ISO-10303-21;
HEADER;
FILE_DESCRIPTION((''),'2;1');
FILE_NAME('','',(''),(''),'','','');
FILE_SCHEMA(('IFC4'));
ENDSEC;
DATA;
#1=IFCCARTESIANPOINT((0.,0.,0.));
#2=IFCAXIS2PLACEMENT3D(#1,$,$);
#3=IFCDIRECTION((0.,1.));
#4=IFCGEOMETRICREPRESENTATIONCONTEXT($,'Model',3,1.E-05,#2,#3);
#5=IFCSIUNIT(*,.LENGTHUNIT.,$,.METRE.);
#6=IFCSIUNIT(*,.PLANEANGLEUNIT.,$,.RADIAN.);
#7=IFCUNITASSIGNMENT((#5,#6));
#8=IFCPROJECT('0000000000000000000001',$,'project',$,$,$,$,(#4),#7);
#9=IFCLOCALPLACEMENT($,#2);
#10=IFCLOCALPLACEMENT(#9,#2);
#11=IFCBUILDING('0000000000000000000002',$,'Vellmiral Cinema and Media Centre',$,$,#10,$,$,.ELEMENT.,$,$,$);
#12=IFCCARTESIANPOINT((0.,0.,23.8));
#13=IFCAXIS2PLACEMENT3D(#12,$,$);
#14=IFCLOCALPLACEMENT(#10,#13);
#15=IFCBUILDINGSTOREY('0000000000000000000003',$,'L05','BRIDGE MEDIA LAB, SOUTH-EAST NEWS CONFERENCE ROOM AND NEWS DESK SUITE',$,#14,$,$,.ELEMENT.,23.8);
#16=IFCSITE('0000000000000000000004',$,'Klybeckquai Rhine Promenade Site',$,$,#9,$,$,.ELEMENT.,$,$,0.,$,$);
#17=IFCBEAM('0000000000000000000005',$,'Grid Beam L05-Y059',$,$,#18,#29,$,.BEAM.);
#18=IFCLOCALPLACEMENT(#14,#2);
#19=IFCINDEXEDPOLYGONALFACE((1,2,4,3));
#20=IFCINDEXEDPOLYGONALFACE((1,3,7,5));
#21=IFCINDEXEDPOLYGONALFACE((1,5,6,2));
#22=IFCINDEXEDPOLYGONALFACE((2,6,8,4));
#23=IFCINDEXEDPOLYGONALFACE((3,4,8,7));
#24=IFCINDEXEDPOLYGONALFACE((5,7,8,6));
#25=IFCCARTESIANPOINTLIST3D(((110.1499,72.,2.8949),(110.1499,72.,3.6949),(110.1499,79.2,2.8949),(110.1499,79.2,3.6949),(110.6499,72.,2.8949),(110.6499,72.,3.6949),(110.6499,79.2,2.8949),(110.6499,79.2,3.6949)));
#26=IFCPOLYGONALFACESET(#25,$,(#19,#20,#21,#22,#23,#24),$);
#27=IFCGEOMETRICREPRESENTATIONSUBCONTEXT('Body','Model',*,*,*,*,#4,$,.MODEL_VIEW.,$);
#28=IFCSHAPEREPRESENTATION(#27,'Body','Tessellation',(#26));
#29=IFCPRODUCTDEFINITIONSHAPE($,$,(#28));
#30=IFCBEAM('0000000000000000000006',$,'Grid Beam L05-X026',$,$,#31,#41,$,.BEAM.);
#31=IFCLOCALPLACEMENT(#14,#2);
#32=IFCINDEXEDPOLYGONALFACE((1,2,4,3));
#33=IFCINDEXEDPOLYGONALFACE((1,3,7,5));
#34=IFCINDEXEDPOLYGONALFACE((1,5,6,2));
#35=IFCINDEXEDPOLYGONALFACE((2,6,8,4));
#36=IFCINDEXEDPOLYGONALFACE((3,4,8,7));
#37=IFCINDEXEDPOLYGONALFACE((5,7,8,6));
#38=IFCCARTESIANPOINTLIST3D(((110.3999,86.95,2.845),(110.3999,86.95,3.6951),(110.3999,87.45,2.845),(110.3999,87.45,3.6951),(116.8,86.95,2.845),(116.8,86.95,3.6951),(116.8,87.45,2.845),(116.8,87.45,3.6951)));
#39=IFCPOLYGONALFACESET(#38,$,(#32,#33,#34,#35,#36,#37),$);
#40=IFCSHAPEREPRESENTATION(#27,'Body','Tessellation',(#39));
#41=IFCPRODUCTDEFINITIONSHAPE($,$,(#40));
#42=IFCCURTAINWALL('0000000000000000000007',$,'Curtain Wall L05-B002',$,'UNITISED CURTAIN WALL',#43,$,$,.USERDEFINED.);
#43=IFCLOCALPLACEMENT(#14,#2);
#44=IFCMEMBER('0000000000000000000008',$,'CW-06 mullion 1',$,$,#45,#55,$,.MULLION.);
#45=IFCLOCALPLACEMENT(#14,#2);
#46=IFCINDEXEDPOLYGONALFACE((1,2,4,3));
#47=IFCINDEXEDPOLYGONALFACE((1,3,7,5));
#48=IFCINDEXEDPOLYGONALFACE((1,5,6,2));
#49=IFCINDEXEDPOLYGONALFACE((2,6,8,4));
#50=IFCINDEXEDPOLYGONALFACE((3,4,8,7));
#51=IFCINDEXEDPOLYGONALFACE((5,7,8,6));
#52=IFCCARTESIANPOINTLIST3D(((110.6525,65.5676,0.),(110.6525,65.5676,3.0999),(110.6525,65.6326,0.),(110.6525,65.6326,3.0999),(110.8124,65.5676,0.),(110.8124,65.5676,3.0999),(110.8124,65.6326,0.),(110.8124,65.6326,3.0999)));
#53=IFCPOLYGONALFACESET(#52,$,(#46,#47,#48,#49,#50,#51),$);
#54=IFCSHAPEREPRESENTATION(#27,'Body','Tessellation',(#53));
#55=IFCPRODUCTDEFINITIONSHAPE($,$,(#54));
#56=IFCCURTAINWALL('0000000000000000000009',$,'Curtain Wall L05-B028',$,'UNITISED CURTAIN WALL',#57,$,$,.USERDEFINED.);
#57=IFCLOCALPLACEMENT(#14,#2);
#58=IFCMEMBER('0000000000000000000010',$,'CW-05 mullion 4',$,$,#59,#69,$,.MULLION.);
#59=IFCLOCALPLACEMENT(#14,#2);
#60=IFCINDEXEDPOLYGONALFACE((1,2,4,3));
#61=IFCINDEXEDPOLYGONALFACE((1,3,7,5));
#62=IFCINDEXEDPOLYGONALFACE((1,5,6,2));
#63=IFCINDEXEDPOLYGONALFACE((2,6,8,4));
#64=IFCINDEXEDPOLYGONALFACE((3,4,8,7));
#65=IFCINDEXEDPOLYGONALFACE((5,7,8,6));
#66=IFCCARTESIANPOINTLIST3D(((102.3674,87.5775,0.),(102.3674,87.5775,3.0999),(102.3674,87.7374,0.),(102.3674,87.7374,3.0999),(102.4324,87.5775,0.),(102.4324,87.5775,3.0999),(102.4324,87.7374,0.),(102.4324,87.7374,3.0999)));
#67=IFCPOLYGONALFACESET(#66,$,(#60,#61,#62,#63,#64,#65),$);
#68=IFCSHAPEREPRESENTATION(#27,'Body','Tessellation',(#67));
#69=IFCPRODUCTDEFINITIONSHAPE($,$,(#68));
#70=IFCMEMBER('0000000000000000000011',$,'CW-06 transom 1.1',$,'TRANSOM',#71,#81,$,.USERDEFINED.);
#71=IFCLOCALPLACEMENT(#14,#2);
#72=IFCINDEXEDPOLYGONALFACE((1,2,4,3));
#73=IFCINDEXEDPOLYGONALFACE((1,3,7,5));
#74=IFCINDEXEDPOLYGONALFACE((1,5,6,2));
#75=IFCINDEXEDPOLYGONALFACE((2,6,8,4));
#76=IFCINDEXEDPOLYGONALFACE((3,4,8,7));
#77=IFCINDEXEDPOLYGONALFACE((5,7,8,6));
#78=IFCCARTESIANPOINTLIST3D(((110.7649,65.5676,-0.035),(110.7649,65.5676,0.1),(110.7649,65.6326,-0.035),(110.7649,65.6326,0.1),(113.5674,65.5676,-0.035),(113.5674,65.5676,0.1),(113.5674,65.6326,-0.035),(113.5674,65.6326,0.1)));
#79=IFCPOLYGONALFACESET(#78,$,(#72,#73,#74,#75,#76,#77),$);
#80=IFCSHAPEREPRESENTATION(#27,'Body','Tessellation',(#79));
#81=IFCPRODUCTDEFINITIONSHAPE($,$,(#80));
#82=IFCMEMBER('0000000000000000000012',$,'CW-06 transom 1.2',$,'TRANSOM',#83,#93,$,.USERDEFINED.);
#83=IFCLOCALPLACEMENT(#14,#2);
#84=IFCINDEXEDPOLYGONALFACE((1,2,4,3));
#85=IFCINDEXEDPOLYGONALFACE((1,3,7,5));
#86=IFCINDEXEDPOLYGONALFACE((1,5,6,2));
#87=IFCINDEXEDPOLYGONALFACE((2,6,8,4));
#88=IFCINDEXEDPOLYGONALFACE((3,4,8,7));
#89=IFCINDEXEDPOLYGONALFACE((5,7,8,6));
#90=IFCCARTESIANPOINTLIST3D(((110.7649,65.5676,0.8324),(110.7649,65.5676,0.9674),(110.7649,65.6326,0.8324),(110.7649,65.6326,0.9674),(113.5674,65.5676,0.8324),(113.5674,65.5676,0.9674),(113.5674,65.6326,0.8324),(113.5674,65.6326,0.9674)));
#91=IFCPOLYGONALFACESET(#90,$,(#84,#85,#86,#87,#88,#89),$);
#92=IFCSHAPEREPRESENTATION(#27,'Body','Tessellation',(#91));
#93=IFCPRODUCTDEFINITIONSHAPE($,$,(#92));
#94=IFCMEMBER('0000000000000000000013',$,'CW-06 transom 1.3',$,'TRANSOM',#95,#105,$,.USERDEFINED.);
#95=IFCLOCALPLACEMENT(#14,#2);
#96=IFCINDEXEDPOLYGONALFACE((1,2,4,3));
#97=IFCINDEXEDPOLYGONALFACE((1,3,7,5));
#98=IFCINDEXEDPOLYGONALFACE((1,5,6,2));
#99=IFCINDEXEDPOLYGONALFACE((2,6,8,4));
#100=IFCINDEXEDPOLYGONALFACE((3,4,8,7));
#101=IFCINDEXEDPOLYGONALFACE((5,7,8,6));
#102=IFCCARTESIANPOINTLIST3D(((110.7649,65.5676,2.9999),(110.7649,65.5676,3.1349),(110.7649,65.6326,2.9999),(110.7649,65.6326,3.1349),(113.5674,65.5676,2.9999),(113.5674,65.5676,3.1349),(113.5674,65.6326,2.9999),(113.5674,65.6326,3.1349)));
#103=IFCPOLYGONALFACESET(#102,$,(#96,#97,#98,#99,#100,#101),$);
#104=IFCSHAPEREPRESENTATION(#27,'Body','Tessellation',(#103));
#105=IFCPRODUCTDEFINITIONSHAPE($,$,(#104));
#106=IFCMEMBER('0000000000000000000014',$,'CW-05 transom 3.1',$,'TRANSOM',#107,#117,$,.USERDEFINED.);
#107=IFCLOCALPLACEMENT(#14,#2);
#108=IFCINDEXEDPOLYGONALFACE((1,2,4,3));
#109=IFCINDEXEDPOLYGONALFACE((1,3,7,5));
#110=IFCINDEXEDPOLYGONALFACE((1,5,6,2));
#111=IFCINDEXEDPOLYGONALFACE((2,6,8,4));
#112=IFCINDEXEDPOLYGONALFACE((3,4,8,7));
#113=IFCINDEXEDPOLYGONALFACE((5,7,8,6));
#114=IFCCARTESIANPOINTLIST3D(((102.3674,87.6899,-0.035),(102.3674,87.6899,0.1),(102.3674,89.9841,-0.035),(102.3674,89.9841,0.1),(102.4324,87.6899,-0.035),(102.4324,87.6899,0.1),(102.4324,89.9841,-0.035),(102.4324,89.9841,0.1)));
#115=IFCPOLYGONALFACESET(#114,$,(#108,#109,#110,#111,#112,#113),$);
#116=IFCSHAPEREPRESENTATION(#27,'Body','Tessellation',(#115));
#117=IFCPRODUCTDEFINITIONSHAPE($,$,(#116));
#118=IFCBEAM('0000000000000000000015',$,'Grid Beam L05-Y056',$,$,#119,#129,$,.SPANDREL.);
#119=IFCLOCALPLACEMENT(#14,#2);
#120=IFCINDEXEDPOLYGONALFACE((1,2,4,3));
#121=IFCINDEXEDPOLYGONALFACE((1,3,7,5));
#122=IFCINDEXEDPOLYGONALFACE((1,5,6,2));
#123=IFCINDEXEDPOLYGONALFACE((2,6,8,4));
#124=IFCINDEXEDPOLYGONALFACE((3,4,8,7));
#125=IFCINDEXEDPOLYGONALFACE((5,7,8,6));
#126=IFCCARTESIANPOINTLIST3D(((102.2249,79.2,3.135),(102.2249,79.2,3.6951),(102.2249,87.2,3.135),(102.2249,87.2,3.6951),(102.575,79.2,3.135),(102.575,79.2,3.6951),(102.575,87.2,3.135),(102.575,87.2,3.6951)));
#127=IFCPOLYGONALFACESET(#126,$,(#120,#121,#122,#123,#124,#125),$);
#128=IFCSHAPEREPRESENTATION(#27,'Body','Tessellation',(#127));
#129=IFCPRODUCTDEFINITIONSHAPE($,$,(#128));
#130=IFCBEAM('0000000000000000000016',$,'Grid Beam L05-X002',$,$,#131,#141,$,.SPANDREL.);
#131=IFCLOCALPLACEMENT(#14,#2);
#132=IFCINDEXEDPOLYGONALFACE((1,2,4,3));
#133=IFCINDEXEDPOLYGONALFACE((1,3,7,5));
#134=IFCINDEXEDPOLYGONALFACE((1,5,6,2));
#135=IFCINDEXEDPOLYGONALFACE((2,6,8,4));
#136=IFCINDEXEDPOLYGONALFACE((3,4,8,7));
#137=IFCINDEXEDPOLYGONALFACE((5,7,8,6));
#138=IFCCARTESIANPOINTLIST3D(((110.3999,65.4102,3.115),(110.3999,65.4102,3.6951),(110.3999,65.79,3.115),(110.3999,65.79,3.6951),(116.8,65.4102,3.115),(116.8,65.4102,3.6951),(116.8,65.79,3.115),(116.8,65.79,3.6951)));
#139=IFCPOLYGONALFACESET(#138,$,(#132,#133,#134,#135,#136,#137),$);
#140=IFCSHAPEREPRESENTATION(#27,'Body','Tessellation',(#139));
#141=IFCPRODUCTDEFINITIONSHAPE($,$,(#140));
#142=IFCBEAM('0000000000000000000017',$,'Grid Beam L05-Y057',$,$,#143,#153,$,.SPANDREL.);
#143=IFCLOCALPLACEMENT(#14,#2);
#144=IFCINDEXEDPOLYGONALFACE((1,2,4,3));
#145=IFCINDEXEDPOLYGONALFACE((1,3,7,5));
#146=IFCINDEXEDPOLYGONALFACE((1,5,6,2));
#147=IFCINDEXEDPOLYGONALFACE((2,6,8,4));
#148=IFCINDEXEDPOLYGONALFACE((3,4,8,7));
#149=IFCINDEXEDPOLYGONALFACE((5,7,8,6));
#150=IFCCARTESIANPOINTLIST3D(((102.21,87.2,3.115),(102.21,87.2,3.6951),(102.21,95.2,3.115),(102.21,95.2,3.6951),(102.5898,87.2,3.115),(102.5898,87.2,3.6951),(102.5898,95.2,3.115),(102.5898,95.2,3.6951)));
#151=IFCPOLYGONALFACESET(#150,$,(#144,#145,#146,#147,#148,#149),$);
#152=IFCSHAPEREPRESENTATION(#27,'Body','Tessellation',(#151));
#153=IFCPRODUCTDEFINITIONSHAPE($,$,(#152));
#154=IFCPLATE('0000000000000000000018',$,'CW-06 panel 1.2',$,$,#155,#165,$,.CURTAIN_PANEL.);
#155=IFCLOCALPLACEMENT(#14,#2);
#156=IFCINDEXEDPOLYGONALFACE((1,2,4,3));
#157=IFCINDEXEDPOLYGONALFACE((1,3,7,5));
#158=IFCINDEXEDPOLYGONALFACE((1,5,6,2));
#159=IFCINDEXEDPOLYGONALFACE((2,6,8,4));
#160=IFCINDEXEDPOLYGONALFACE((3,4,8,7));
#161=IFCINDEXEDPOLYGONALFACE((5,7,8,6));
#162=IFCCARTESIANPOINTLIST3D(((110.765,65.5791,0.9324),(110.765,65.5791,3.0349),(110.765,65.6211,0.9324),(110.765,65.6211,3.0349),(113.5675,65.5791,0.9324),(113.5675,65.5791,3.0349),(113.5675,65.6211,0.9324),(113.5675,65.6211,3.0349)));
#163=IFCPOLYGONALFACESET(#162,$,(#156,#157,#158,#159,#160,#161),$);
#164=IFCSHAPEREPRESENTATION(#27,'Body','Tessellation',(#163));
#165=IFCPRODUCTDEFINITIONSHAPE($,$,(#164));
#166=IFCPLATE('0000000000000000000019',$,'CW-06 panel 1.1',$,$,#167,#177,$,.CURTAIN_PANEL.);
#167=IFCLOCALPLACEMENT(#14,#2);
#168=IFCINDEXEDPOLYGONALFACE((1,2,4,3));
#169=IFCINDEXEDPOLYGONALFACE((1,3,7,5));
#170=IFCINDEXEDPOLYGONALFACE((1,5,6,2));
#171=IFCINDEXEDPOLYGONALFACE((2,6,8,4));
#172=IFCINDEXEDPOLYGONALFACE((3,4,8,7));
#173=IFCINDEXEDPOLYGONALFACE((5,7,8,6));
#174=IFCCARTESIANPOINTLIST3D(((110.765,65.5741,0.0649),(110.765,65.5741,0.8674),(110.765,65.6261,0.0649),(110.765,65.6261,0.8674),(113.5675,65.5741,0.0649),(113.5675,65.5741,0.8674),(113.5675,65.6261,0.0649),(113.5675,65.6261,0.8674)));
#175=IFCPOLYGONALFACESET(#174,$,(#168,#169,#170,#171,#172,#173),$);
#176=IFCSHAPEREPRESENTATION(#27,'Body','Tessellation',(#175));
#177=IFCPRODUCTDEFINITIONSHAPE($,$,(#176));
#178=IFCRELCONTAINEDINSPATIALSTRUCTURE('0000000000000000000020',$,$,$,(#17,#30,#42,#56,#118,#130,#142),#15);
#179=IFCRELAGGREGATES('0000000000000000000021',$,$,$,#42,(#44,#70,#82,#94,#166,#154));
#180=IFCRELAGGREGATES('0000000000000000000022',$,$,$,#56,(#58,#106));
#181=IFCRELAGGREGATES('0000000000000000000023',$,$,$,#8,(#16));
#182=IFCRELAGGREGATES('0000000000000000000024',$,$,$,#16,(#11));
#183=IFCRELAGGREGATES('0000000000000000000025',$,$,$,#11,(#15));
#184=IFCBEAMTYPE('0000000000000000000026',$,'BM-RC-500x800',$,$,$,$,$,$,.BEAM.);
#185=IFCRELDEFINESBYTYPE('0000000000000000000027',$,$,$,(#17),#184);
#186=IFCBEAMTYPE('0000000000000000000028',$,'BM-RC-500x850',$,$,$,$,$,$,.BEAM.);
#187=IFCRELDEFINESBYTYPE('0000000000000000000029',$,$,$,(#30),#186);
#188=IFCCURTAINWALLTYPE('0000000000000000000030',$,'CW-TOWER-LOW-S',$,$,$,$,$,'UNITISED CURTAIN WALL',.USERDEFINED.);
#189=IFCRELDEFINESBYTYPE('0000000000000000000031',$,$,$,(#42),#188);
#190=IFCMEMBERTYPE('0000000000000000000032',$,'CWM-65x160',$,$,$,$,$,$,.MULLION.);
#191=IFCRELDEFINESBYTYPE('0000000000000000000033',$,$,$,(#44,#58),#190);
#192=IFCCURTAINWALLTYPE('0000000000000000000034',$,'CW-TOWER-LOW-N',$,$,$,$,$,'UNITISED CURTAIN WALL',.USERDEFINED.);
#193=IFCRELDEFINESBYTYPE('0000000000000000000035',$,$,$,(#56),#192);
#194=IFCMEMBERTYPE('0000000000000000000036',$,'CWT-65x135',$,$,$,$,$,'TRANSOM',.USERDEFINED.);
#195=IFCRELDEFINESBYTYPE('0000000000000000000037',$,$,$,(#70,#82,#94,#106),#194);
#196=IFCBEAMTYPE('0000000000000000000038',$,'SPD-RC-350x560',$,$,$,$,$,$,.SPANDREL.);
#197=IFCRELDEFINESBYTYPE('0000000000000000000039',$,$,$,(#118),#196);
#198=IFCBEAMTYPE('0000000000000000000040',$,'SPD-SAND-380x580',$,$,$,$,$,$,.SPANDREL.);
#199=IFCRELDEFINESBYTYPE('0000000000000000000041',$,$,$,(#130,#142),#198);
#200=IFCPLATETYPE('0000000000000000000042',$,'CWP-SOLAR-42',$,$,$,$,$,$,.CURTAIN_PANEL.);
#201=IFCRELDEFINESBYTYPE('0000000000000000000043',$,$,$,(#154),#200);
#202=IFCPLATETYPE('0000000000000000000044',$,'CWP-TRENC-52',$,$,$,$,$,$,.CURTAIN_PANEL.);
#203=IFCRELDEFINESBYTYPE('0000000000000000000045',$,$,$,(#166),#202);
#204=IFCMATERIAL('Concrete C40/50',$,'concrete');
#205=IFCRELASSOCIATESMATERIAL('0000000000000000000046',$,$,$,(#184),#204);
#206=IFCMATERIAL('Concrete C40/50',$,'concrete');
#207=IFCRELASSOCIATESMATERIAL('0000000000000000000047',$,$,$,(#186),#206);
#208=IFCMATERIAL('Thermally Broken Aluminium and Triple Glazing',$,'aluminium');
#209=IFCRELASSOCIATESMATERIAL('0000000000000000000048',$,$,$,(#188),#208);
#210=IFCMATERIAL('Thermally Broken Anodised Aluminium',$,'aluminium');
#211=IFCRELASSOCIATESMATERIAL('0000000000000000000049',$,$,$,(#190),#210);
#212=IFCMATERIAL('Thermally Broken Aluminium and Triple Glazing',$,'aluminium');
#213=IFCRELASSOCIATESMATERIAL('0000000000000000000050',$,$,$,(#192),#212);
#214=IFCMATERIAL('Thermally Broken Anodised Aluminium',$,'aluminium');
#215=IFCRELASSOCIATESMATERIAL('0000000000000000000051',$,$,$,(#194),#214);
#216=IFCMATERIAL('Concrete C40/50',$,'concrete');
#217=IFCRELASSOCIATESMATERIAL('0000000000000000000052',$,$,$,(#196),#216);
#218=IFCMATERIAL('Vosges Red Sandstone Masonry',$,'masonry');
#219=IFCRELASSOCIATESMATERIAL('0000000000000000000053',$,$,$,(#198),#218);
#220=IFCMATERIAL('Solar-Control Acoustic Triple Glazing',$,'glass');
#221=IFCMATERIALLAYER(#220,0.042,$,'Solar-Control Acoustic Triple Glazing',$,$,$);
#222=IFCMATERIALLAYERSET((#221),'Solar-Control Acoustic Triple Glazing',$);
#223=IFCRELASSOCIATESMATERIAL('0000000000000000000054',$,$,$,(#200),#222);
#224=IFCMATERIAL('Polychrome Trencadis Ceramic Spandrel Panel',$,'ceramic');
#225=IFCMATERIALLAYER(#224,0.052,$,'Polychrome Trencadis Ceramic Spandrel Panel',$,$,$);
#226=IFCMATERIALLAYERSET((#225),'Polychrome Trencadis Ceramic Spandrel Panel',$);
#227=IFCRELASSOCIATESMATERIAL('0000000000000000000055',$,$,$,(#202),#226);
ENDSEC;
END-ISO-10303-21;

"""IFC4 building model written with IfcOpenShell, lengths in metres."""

from ifc_helpers import new_model, si_unit, direction, frame, origin, origin_2d, place, context, subcontext, project, spatial, rectangle, extrude, material, layer, layer_set, material_profile, profile_set, type_object, element, aggregate, save


model = new_model("IFC4")

# Units and contexts
model_context = context("Model", 3, precision=1e-05, world=origin(), true_north=direction((0.0, 1.0)))
body_context = subcontext(model_context, "Body", "Model", "MODEL_VIEW")
ifc_project = project(units=[si_unit("LENGTHUNIT", "METRE"), si_unit("PLANEANGLEUNIT", "RADIAN")], contexts=[model_context])

# Site, building, storey
site_placement = place(None, origin())
site = spatial("IfcSite", under=ifc_project, at=site_placement, Name="Klybeckquai Rhine Promenade Site", CompositionType="ELEMENT", RefElevation=0.0)
building_placement = place(site_placement, origin())
building = spatial("IfcBuilding", under=site, at=building_placement, Name="Vellmiral Cinema and Media Centre", CompositionType="ELEMENT")
storey_placement = place(building_placement, frame((0.0, 0.0, 23.8)))
storey = spatial("IfcBuildingStorey", under=building, at=storey_placement, Name="L05", Description="BRIDGE MEDIA LAB, SOUTH-EAST NEWS CONFERENCE ROOM AND NEWS DESK SUITE", CompositionType="ELEMENT", Elevation=23.8)

# Beams
ifc_material_1 = material(Name="Concrete C40/50", Category="concrete")
ifc_material_profile_1 = material_profile(ifc_material_1, rectangle(XDim=0.5, YDim=0.8, at=origin_2d()), Name="RC 500x800")
ifc_profile_set_1 = profile_set([ifc_material_profile_1], Name="Concrete C40/50")
beam_type_1 = type_object("IfcBeamType", Name="BM-RC-500x800", PredefinedType="BEAM", material=ifc_profile_set_1)
beam_1_placement = place(storey_placement, frame((110.3999, 72.0, 3.2949), z_axis=(0.0, 1.0, 0.0), x_axis=(-1.0, 0.0, 0.0)))
element("IfcBeam", 1, at=beam_1_placement, inside=storey, type_object=beam_type_1, Name="Grid Beam L05-Y059", PredefinedType="BEAM", context=body_context, shape_type="SweptSolid", body=[
    extrude(rectangle(XDim=0.5, YDim=0.8, at=origin_2d()), origin(), (0.0, 0.0, 1.0), 7.2),
])
ifc_material_2 = material(Name="Concrete C40/50", Category="concrete")
ifc_material_profile_2 = material_profile(ifc_material_2, rectangle(XDim=0.5, YDim=0.8501, at=origin_2d()), Name="RC 500x850")
ifc_profile_set_2 = profile_set([ifc_material_profile_2], Name="Concrete C40/50")
beam_type_2 = type_object("IfcBeamType", Name="BM-RC-500x850", PredefinedType="BEAM", material=ifc_profile_set_2)
beam_2_placement = place(storey_placement, frame((110.3999, 87.2, 3.27), z_axis=(1.0, 0.0, 0.0), x_axis=(0.0, 1.0, 0.0)))
element("IfcBeam", 2, at=beam_2_placement, inside=storey, type_object=beam_type_2, Name="Grid Beam L05-X026", PredefinedType="BEAM", context=body_context, shape_type="SweptSolid", body=[
    extrude(rectangle(XDim=0.5, YDim=0.8501, at=origin_2d()), origin(), (0.0, 0.0, 1.0), 6.4001),
])

# Curtain walls, members
ifc_material_3 = material(Name="Thermally Broken Aluminium and Triple Glazing", Category="aluminium")
curtain_wall_type_1 = type_object("IfcCurtainWallType", Name="CW-TOWER-LOW-S", ElementType="UNITISED CURTAIN WALL", PredefinedType="USERDEFINED", material=ifc_material_3)
curtain_wall_1_placement = place(storey_placement, origin())
curtain_wall_1 = element("IfcCurtainWall", 3, at=curtain_wall_1_placement, inside=storey, type_object=curtain_wall_type_1, Name="Curtain Wall L05-B002", ObjectType="UNITISED CURTAIN WALL", PredefinedType="USERDEFINED")
ifc_material_4 = material(Name="Thermally Broken Anodised Aluminium", Category="aluminium")
ifc_material_profile_3 = material_profile(ifc_material_4, rectangle(XDim=0.0649, YDim=0.1599, at=origin_2d()), Name="MULL 65x160")
ifc_profile_set_3 = profile_set([ifc_material_profile_3], Name="Thermally Broken Anodised Aluminium")
member_type_1 = type_object("IfcMemberType", Name="CWM-65x160", PredefinedType="MULLION", material=ifc_profile_set_3)
member_1_placement = place(storey_placement, frame((110.7324, 65.6001, 0.0), z_axis=(0.0, 0.0, 1.0), x_axis=(0.0, 1.0, 0.0)))
member_1 = element("IfcMember", 4, at=member_1_placement, type_object=member_type_1, Name="CW-06 mullion 1", PredefinedType="MULLION", context=body_context, shape_type="SweptSolid", body=[
    extrude(rectangle(XDim=0.0649, YDim=0.1599, at=origin_2d()), origin(), (0.0, 0.0, 1.0), 3.0999),
])
ifc_material_5 = material(Name="Thermally Broken Aluminium and Triple Glazing", Category="aluminium")
curtain_wall_type_2 = type_object("IfcCurtainWallType", Name="CW-TOWER-LOW-N", ElementType="UNITISED CURTAIN WALL", PredefinedType="USERDEFINED", material=ifc_material_5)
curtain_wall_2_placement = place(storey_placement, origin())
curtain_wall_2 = element("IfcCurtainWall", 5, at=curtain_wall_2_placement, inside=storey, type_object=curtain_wall_type_2, Name="Curtain Wall L05-B028", ObjectType="UNITISED CURTAIN WALL", PredefinedType="USERDEFINED")
member_2_placement = place(storey_placement, frame((102.3999, 87.6575, 0.0), z_axis=(0.0, 0.0, 1.0), x_axis=(1.0, 0.0, 0.0)))
member_2 = element("IfcMember", 6, at=member_2_placement, type_object=member_type_1, Name="CW-05 mullion 4", PredefinedType="MULLION", context=body_context, shape_type="SweptSolid", body=[
    extrude(rectangle(XDim=0.0649, YDim=0.1599, at=origin_2d()), origin(), (0.0, 0.0, 1.0), 3.0999),
])

# Members
ifc_material_6 = material(Name="Thermally Broken Anodised Aluminium", Category="aluminium")
ifc_material_profile_4 = material_profile(ifc_material_6, rectangle(XDim=0.0649, YDim=0.135, at=origin_2d()), Name="MULL 65x135")
ifc_profile_set_4 = profile_set([ifc_material_profile_4], Name="Thermally Broken Anodised Aluminium")
member_type_2 = type_object("IfcMemberType", Name="CWT-65x135", ElementType="TRANSOM", PredefinedType="USERDEFINED", material=ifc_profile_set_4)
member_3_placement = place(storey_placement, frame((110.7649, 65.6001, 0.0325), z_axis=(1.0, 0.0, 0.0), x_axis=(0.0, 1.0, 0.0)))
member_3 = element("IfcMember", 7, at=member_3_placement, type_object=member_type_2, Name="CW-06 transom 1.1", ObjectType="TRANSOM", PredefinedType="USERDEFINED", context=body_context, shape_type="SweptSolid", body=[
    extrude(rectangle(XDim=0.0649, YDim=0.135, at=origin_2d()), origin(), (0.0, 0.0, 1.0), 2.8025),
])
member_4_placement = place(storey_placement, frame((110.7649, 65.6001, 0.8999), z_axis=(1.0, 0.0, 0.0), x_axis=(0.0, 1.0, 0.0)))
member_4 = element("IfcMember", 8, at=member_4_placement, type_object=member_type_2, Name="CW-06 transom 1.2", ObjectType="TRANSOM", PredefinedType="USERDEFINED", context=body_context, shape_type="SweptSolid", body=[
    extrude(rectangle(XDim=0.0649, YDim=0.135, at=origin_2d()), origin(), (0.0, 0.0, 1.0), 2.8025),
])
member_5_placement = place(storey_placement, frame((110.7649, 65.6001, 3.0674), z_axis=(1.0, 0.0, 0.0), x_axis=(0.0, 1.0, 0.0)))
member_5 = element("IfcMember", 9, at=member_5_placement, type_object=member_type_2, Name="CW-06 transom 1.3", ObjectType="TRANSOM", PredefinedType="USERDEFINED", context=body_context, shape_type="SweptSolid", body=[
    extrude(rectangle(XDim=0.0649, YDim=0.135, at=origin_2d()), origin(), (0.0, 0.0, 1.0), 2.8025),
])
member_6_placement = place(storey_placement, frame((102.3999, 89.9841, 0.0325), z_axis=(0.0, -1.0, 0.0), x_axis=(1.0, 0.0, 0.0)))
member_6 = element("IfcMember", 10, at=member_6_placement, type_object=member_type_2, Name="CW-05 transom 3.1", ObjectType="TRANSOM", PredefinedType="USERDEFINED", context=body_context, shape_type="SweptSolid", body=[
    extrude(rectangle(XDim=0.0649, YDim=0.135, at=origin_2d()), origin(), (0.0, 0.0, 1.0), 2.2942),
])

# Beams
ifc_material_7 = material(Name="Concrete C40/50", Category="concrete")
ifc_material_profile_5 = material_profile(ifc_material_7, rectangle(XDim=0.3501, YDim=0.5601, at=origin_2d()), Name="RC 350x560")
ifc_profile_set_5 = profile_set([ifc_material_profile_5], Name="Concrete C40/50")
beam_type_3 = type_object("IfcBeamType", Name="SPD-RC-350x560", PredefinedType="SPANDREL", material=ifc_profile_set_5)
beam_3_placement = place(storey_placement, frame((102.3999, 79.2, 3.415), z_axis=(0.0, 1.0, 0.0), x_axis=(-1.0, 0.0, 0.0)))
element("IfcBeam", 11, at=beam_3_placement, inside=storey, type_object=beam_type_3, Name="Grid Beam L05-Y056", PredefinedType="SPANDREL", context=body_context, shape_type="SweptSolid", body=[
    extrude(rectangle(XDim=0.3501, YDim=0.5601, at=origin_2d()), origin(), (0.0, 0.0, 1.0), 8.0),
])
ifc_material_8 = material(Name="Vosges Red Sandstone Masonry", Category="masonry")
ifc_material_profile_6 = material_profile(ifc_material_8, rectangle(XDim=0.3799, YDim=0.5801, at=origin_2d()), Name="SAND 380x580")
ifc_profile_set_6 = profile_set([ifc_material_profile_6], Name="Vosges Red Sandstone Masonry")
beam_type_4 = type_object("IfcBeamType", Name="SPD-SAND-380x580", PredefinedType="SPANDREL", material=ifc_profile_set_6)
beam_4_placement = place(storey_placement, frame((110.3999, 65.6001, 3.405), z_axis=(1.0, 0.0, 0.0), x_axis=(0.0, 1.0, 0.0)))
element("IfcBeam", 12, at=beam_4_placement, inside=storey, type_object=beam_type_4, Name="Grid Beam L05-X002", PredefinedType="SPANDREL", context=body_context, shape_type="SweptSolid", body=[
    extrude(rectangle(XDim=0.3799, YDim=0.5801, at=origin_2d()), origin(), (0.0, 0.0, 1.0), 6.4001),
])
beam_5_placement = place(storey_placement, frame((102.3999, 87.2, 3.405), z_axis=(0.0, 1.0, 0.0), x_axis=(-1.0, 0.0, 0.0)))
element("IfcBeam", 13, at=beam_5_placement, inside=storey, type_object=beam_type_4, Name="Grid Beam L05-Y057", PredefinedType="SPANDREL", context=body_context, shape_type="SweptSolid", body=[
    extrude(rectangle(XDim=0.3799, YDim=0.5801, at=origin_2d()), origin(), (0.0, 0.0, 1.0), 8.0),
])

# Plates
ifc_material_9 = material(Name="Solar-Control Acoustic Triple Glazing", Category="glass")
ifc_layer_1 = layer(ifc_material_9, 0.042, Name="Solar-Control Acoustic Triple Glazing")
ifc_layer_set_1 = layer_set([ifc_layer_1], Name="Solar-Control Acoustic Triple Glazing")
plate_type_1 = type_object("IfcPlateType", Name="CWP-SOLAR-42", PredefinedType="CURTAIN_PANEL", material=ifc_layer_set_1)
plate_1_placement = place(storey_placement, frame((112.1663, 65.6001, 0.9324), z_axis=(0.0, 0.0, 1.0), x_axis=(1.0, 0.0, 0.0)))
plate_1 = element("IfcPlate", 14, at=plate_1_placement, type_object=plate_type_1, Name="CW-06 panel 1.2", PredefinedType="CURTAIN_PANEL", context=body_context, shape_type="SweptSolid", body=[
    extrude(rectangle(XDim=2.8025, YDim=0.042, at=origin_2d()), origin(), (0.0, 0.0, 1.0), 2.1025),
])
ifc_material_10 = material(Name="Polychrome Trencadis Ceramic Spandrel Panel", Category="ceramic")
ifc_layer_2 = layer(ifc_material_10, 0.052, Name="Polychrome Trencadis Ceramic Spandrel Panel")
ifc_layer_set_2 = layer_set([ifc_layer_2], Name="Polychrome Trencadis Ceramic Spandrel Panel")
plate_type_2 = type_object("IfcPlateType", Name="CWP-TRENC-52", PredefinedType="CURTAIN_PANEL", material=ifc_layer_set_2)
plate_2_placement = place(storey_placement, frame((112.1663, 65.6001, 0.0649), z_axis=(0.0, 0.0, 1.0), x_axis=(1.0, 0.0, 0.0)))
plate_2 = element("IfcPlate", 15, at=plate_2_placement, type_object=plate_type_2, Name="CW-06 panel 1.1", PredefinedType="CURTAIN_PANEL", context=body_context, shape_type="SweptSolid", body=[
    extrude(rectangle(XDim=2.8025, YDim=0.052, at=origin_2d()), origin(), (0.0, 0.0, 1.0), 0.8025),
])
aggregate(curtain_wall_1, [member_1, member_3, member_4, member_5, plate_2, plate_1])
aggregate(curtain_wall_2, [member_2, member_6])

save(model, "model.ifc")
